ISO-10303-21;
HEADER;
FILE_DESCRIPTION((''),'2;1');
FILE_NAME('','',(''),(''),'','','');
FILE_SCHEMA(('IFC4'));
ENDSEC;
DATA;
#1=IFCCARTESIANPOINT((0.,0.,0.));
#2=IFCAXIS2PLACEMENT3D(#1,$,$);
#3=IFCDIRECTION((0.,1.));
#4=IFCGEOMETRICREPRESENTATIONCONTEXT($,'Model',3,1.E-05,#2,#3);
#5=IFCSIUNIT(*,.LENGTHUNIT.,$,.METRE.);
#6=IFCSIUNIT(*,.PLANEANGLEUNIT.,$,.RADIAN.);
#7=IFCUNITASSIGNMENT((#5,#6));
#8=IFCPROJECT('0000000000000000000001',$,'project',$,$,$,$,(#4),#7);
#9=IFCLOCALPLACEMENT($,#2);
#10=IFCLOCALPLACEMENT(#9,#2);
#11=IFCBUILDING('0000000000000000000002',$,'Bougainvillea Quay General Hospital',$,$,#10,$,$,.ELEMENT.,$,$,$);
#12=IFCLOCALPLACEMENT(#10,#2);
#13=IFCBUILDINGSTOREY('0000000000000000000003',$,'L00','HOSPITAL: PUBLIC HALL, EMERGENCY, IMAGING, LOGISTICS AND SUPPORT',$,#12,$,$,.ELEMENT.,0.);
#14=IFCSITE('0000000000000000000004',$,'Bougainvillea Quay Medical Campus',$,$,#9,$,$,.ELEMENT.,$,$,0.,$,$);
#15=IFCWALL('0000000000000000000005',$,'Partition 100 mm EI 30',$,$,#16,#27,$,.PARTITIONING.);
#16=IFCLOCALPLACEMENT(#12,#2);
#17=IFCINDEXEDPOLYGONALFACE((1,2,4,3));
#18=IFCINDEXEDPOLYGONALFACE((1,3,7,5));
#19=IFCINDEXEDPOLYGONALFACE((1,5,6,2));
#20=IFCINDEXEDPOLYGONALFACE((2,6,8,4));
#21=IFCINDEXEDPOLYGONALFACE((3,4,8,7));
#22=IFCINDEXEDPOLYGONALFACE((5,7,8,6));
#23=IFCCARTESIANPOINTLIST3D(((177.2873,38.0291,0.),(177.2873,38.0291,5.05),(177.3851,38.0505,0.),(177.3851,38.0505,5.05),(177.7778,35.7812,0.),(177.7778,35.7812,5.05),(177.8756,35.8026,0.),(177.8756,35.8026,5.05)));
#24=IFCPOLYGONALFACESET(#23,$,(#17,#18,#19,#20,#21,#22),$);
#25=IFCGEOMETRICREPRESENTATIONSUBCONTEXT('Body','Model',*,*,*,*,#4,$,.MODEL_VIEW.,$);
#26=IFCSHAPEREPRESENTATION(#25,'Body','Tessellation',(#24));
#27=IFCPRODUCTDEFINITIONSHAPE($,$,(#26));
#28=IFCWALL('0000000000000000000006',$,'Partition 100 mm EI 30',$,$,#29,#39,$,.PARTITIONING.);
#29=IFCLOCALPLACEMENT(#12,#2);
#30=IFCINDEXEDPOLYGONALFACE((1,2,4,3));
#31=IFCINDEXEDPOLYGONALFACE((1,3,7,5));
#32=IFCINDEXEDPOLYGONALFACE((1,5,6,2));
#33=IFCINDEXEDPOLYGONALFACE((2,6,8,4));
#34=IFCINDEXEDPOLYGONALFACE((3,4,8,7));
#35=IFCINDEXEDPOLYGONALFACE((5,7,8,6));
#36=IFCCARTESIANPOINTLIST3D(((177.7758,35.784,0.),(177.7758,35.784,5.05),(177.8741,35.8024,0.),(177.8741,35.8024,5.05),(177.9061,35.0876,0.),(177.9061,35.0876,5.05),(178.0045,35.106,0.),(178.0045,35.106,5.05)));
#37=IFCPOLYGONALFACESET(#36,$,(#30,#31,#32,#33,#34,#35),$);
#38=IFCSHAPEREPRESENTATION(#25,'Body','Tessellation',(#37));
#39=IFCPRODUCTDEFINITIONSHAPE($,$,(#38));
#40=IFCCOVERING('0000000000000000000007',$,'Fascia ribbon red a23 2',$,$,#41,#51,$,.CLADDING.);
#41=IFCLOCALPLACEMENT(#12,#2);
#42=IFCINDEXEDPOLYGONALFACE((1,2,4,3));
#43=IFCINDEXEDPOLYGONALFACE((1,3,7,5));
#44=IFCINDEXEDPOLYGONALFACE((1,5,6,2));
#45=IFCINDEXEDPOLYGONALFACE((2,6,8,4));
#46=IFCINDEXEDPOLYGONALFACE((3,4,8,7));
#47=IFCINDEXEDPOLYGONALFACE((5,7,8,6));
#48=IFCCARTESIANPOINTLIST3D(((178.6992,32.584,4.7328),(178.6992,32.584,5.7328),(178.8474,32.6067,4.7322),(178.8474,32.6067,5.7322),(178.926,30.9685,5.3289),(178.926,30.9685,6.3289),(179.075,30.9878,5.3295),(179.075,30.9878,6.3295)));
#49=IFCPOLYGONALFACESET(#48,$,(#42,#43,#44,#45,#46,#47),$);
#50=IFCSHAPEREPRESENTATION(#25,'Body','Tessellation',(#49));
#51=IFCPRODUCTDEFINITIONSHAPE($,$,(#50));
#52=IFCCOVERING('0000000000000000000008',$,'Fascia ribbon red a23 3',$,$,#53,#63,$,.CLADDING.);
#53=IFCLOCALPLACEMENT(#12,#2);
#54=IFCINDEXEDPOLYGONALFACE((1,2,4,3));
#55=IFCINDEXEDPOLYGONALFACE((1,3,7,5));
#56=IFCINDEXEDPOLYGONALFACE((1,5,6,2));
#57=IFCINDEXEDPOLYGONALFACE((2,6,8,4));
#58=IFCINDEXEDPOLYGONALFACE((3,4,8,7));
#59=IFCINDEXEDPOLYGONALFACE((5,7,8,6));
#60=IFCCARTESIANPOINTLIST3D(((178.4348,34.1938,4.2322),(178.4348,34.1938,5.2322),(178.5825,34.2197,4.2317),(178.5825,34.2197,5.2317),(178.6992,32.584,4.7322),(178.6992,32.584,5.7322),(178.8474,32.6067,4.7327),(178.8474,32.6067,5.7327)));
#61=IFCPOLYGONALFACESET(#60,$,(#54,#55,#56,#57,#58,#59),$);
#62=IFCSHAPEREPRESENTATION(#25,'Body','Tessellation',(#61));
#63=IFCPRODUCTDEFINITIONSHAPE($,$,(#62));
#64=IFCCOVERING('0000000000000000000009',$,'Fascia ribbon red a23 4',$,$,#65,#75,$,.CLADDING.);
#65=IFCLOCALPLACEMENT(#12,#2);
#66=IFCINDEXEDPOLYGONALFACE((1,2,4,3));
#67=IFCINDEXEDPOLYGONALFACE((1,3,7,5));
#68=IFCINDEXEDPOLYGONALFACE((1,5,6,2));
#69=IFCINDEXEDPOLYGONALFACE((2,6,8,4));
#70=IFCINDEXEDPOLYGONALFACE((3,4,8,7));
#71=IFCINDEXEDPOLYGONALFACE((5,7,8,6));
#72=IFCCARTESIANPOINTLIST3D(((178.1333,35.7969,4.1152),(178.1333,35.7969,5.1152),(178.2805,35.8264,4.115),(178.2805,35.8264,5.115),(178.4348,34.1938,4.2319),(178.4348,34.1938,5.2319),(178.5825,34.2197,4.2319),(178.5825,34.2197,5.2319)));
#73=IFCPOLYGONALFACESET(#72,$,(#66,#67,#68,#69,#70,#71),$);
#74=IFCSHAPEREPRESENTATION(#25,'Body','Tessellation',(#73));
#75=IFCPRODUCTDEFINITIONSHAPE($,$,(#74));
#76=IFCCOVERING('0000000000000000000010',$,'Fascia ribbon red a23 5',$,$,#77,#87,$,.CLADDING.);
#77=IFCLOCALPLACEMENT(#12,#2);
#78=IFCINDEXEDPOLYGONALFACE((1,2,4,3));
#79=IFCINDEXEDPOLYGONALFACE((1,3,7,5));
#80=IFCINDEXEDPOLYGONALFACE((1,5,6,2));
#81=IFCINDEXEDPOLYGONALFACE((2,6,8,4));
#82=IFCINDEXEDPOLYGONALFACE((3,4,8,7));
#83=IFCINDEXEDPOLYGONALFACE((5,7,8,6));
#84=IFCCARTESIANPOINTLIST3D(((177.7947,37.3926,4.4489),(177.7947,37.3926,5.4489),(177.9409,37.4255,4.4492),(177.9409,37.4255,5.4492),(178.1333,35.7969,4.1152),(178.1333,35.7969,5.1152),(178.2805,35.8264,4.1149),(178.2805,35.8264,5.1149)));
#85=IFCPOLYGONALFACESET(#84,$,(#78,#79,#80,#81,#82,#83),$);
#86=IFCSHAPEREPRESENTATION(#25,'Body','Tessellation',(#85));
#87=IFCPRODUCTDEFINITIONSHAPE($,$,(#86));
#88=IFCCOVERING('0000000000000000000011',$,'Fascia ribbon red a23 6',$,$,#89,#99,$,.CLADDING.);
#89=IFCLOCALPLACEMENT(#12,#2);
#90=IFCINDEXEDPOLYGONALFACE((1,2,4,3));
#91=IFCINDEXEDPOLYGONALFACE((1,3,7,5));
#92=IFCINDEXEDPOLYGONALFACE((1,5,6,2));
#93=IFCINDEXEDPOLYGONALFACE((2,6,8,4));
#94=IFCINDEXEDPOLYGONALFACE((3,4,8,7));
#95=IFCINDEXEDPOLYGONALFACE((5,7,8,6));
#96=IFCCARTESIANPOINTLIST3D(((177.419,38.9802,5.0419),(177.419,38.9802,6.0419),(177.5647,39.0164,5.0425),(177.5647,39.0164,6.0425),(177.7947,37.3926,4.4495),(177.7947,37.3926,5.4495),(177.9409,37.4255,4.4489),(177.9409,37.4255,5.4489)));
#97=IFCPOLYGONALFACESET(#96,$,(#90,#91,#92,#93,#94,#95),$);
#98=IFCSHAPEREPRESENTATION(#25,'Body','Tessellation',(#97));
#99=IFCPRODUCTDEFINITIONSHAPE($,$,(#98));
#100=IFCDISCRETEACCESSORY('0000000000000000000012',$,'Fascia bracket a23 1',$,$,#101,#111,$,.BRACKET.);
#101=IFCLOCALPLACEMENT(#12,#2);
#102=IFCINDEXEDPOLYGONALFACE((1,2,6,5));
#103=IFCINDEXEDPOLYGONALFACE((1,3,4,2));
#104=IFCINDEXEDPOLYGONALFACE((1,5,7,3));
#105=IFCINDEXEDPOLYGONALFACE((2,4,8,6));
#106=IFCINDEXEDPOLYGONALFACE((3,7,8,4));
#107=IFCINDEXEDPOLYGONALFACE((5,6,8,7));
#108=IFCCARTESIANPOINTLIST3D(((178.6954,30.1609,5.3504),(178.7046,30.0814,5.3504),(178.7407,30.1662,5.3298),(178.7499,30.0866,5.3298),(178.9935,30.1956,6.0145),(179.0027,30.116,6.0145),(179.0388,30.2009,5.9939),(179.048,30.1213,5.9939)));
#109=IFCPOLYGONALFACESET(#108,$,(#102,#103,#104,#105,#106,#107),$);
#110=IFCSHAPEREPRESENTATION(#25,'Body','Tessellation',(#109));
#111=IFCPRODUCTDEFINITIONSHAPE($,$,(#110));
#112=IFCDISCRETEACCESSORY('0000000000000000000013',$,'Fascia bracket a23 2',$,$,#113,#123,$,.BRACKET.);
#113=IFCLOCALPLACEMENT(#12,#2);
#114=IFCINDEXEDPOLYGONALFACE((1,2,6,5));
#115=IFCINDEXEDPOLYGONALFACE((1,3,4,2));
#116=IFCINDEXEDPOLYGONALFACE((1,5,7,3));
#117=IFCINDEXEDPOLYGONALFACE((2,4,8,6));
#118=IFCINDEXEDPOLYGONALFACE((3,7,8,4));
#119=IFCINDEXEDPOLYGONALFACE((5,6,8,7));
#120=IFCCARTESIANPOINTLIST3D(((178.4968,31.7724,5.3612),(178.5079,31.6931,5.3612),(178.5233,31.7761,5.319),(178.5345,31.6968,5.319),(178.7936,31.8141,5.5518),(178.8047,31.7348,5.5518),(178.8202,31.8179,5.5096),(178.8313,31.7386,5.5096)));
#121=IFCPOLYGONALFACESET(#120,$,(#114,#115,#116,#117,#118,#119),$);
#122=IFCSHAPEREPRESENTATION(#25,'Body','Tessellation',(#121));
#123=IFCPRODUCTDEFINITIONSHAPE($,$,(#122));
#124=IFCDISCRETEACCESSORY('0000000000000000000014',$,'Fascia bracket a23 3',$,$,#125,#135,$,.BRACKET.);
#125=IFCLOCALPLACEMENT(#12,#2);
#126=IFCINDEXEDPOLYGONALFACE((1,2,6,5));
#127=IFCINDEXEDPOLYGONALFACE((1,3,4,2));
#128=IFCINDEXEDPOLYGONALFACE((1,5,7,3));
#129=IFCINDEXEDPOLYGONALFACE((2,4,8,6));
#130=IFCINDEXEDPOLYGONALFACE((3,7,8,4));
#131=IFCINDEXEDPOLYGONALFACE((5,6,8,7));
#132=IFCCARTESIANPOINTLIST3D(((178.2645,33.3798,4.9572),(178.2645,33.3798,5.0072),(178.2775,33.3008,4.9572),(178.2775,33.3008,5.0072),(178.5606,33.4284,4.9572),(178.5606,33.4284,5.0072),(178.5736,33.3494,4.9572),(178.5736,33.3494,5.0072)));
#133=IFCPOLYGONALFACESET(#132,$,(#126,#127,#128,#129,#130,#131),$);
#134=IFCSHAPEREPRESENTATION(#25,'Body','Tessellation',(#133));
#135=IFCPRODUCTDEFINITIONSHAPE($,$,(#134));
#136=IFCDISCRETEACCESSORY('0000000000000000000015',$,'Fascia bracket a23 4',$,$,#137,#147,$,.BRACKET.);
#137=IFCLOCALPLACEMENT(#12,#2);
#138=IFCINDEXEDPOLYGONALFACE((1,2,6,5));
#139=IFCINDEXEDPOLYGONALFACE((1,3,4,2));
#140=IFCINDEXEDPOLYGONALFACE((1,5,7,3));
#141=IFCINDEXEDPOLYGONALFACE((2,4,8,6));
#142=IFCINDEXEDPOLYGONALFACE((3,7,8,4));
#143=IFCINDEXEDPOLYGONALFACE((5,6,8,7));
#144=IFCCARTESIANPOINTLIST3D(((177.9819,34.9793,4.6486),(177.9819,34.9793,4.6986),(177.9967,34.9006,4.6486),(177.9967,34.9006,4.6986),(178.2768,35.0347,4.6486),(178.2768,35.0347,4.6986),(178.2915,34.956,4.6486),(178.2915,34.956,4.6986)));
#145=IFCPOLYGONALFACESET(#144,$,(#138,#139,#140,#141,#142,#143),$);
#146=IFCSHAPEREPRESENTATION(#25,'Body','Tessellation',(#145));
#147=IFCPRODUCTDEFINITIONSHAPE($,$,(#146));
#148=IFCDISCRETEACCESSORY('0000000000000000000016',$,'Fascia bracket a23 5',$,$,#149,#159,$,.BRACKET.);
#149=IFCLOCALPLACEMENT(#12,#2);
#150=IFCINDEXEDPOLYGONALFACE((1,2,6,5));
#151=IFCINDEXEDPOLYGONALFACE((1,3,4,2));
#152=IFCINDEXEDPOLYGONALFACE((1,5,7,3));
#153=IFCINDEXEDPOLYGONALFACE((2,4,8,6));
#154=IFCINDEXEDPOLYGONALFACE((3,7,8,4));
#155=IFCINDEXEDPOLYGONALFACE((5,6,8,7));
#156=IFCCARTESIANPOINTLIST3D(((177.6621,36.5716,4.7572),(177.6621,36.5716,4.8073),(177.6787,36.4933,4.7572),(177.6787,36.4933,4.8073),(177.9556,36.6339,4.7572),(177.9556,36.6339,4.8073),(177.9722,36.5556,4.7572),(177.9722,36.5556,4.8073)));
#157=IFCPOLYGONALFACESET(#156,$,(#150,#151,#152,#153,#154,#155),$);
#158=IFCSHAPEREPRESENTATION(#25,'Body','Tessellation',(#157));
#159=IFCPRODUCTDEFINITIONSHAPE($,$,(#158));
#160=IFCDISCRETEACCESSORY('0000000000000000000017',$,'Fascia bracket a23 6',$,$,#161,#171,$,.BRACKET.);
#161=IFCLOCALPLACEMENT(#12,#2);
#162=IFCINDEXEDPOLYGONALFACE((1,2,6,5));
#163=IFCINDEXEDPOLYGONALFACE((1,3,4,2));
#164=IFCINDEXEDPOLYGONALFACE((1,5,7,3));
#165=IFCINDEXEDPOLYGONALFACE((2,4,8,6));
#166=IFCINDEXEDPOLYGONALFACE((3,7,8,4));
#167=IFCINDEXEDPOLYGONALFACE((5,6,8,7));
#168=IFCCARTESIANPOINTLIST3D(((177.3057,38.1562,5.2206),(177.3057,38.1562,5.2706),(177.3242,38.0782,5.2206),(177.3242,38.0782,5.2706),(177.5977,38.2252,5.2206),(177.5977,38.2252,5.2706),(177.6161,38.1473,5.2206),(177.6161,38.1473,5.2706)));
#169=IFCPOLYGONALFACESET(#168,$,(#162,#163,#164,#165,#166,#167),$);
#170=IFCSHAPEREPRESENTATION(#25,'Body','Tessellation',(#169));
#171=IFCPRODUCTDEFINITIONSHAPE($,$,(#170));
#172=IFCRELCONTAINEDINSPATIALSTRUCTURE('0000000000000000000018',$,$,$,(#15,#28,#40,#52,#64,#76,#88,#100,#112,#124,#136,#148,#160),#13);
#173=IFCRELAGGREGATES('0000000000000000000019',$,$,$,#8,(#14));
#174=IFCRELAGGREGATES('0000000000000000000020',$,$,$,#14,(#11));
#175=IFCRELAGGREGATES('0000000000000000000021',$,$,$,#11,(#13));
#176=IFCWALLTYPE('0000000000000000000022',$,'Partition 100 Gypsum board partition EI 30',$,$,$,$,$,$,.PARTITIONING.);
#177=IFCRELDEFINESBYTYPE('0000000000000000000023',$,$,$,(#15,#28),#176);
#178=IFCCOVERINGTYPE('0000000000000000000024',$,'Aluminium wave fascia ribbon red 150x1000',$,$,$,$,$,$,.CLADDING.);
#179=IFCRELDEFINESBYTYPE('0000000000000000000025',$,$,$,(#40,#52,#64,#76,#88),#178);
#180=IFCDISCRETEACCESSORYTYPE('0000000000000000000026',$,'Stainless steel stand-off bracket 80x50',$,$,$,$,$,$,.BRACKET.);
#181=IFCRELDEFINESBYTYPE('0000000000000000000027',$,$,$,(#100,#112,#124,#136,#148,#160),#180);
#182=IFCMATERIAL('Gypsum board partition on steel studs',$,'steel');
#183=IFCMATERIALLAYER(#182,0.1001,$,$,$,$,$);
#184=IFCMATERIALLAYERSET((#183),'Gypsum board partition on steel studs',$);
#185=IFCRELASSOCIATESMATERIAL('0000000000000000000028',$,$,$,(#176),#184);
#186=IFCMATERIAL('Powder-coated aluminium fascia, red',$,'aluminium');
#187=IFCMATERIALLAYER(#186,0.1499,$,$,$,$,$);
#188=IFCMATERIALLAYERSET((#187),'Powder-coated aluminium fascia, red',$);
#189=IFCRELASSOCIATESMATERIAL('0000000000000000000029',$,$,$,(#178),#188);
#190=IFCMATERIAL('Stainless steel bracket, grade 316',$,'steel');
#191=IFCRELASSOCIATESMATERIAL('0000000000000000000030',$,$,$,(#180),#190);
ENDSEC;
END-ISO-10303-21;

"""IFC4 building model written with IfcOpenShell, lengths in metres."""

from ifc_helpers import new_model, si_unit, direction, frame, frame_2d, origin, origin_2d, place, context, subcontext, project, spatial, polyline, rectangle, outline, extrude, material, layer, layer_set, material_profile, profile_set, type_object, element, save


model = new_model("IFC4")

# Units and contexts
model_context = context("Model", 3, precision=1e-05, world=origin(), true_north=direction((0.0, 1.0)))
body_context = subcontext(model_context, "Body", "Model", "MODEL_VIEW")
ifc_project = project(units=[si_unit("LENGTHUNIT", "METRE"), si_unit("PLANEANGLEUNIT", "RADIAN")], contexts=[model_context])

# Site, building, storey
site_placement = place(None, origin())
site = spatial("IfcSite", under=ifc_project, at=site_placement, Name="Bougainvillea Quay Medical Campus", CompositionType="ELEMENT", RefElevation=0.0)
building_placement = place(site_placement, origin())
building = spatial("IfcBuilding", under=site, at=building_placement, Name="Bougainvillea Quay General Hospital", CompositionType="ELEMENT")
storey_placement = place(building_placement, origin())
storey = spatial("IfcBuildingStorey", under=building, at=storey_placement, Name="L00", Description="HOSPITAL: PUBLIC HALL, EMERGENCY, IMAGING, LOGISTICS AND SUPPORT", CompositionType="ELEMENT", Elevation=0.0)

# Walls
ifc_material_1 = material(Name="Gypsum board partition on steel studs", Category="steel")
ifc_layer_1 = layer(ifc_material_1, 0.1001)
ifc_layer_set_1 = layer_set([ifc_layer_1], Name="Gypsum board partition on steel studs")
wall_type_1 = type_object("IfcWallType", Name="Partition 100 Gypsum board partition EI 30", PredefinedType="PARTITIONING", material=ifc_layer_set_1)
wall_1_placement = place(storey_placement, frame((177.3362, 38.0398, 0.0), z_axis=(0.0, 0.0, 1.0), x_axis=(0.213187, -0.977011, 0.0)))
element("IfcWall", 1, at=wall_1_placement, inside=storey, type_object=wall_type_1, Name="Partition 100 mm EI 30", PredefinedType="PARTITIONING", context=body_context, shape_type="SweptSolid", body=[
    extrude(rectangle(XDim=2.3008, YDim=0.1001, at=frame_2d((1.1504, 0.0))), origin(), (0.0, 0.0, 1.0), 5.05),
])
wall_2_placement = place(storey_placement, frame((177.825, 35.7932, 0.0), z_axis=(0.0, 0.0, 1.0), x_axis=(0.184039, -0.982919, 0.0)))
element("IfcWall", 2, at=wall_2_placement, inside=storey, type_object=wall_type_1, Name="Partition 100 mm EI 30", PredefinedType="PARTITIONING", context=body_context, shape_type="SweptSolid", body=[
    extrude(rectangle(XDim=0.7085, YDim=0.1001, at=frame_2d((0.3542, 0.0))), origin(), (0.0, 0.0, 1.0), 5.05),
])

# Coverings
ifc_material_2 = material(Name="Powder-coated aluminium fascia, red", Category="aluminium")
ifc_layer_2 = layer(ifc_material_2, 0.1499)
ifc_layer_set_2 = layer_set([ifc_layer_2], Name="Powder-coated aluminium fascia, red")
covering_type = type_object("IfcCoveringType", Name="Aluminium wave fascia ribbon red 150x1000", PredefinedType="CLADDING", material=ifc_layer_set_2)
covering_1_placement = place(storey_placement, frame((178.926, 30.9685, 5.3289), z_axis=(-0.048025, 0.339807, 0.939268), x_axis=(-0.130589, 0.930146, -0.343184)))
element("IfcCovering", 3, at=covering_1_placement, inside=storey, type_object=covering_type, Name="Fascia ribbon red a23 2", PredefinedType="CLADDING", context=body_context, shape_type="SweptSolid", body=[
    extrude(outline(polyline([(0.0, 0.0), (1.7368, 0.0), (1.7388, -0.1499), (-0.0018, -0.1502), (0.0, 0.0)])), origin(), (-0.343184, -0.000296, 0.939268), 1.0),
])
covering_2_placement = place(storey_placement, frame((178.6992, 32.584, 4.7322), z_axis=(-0.047476, 0.289152, 0.956105), x_axis=(-0.154955, 0.943465, -0.293024)))
element("IfcCovering", 4, at=covering_2_placement, inside=storey, type_object=covering_type, Name="Fascia ribbon red a23 3", PredefinedType="CLADDING", context=body_context, shape_type="SweptSolid", body=[
    extrude(outline(polyline([(0.0, 0.0), (1.7063, 0.0), (1.708, -0.1499), (-0.0017, -0.1499), (0.0, 0.0)])), origin(), (-0.293024, 0.000013, 0.956105), 1.0),
])
covering_3_placement = place(storey_placement, frame((178.4348, 34.1938, 4.2319), z_axis=(-0.012381, 0.070279, 0.997451), x_axis=(-0.184378, 0.980262, -0.071356)))
element("IfcCovering", 5, at=covering_3_placement, inside=storey, type_object=covering_type, Name="Fascia ribbon red a23 4", PredefinedType="CLADDING", context=body_context, shape_type="SweptSolid", body=[
    extrude(outline(polyline([(0.0, 0.0), (1.6353, 0.0), (1.6371, -0.1501), (-0.0019, -0.1499), (0.0, 0.0)])), origin(), (-0.071356, 0.000822, 0.997451), 1.0),
])
covering_4_placement = place(storey_placement, frame((178.1333, 35.7969, 4.1152), z_axis=(0.041739, -0.195978, 0.97972), x_axis=(-0.203377, 0.958378, 0.200373)))
element("IfcCovering", 6, at=covering_4_placement, inside=storey, type_object=covering_type, Name="Fascia ribbon red a23 5", PredefinedType="CLADDING", context=body_context, shape_type="SweptSolid", body=[
    extrude(outline(polyline([(0.0, 0.0), (1.665, 0.0), (1.6669, -0.1499), (-0.0017, -0.1501), (0.0, 0.0)])), origin(), (0.200373, 0.000144, 0.97972), 1.0),
])
covering_5_placement = place(storey_placement, frame((177.7947, 37.3926, 4.4495), z_axis=(0.078593, -0.332145, 0.939948), x_axis=(-0.216469, 0.914682, 0.341317)))
element("IfcCovering", 7, at=covering_5_placement, inside=storey, type_object=covering_type, Name="Fascia ribbon red a23 6", PredefinedType="CLADDING", context=body_context, shape_type="SweptSolid", body=[
    extrude(outline(polyline([(0.0, 0.0), (1.7357, 0.0), (1.7374, -0.1502), (-0.0018, -0.1499), (0.0, 0.0)])), origin(), (0.341317, -0.000012, 0.939948), 1.0),
])

# Discrete accessories
ifc_material_3 = material(Name="Stainless steel bracket, grade 316", Category="steel")
ifc_material_profile_1 = material_profile(ifc_material_3, rectangle(XDim=0.0801, YDim=0.05, at=origin_2d()))
ifc_profile_set_1 = profile_set([ifc_material_profile_1], Name="Stainless steel bracket, grade 316")
discrete_accessory_type = type_object("IfcDiscreteAccessoryType", Name="Stainless steel stand-off bracket 80x50", PredefinedType="BRACKET", material=ifc_profile_set_1)
discrete_accessory_1_placement = place(storey_placement, frame((178.7227, 30.1238, 5.3401), z_axis=(0.409064, 0.047573, 0.911265), x_axis=(-0.11552, 0.993305, 0.0)))
element("IfcDiscreteAccessory", 8, at=discrete_accessory_1_placement, inside=storey, type_object=discrete_accessory_type, Name="Fascia bracket a23 1", PredefinedType="BRACKET", context=body_context, shape_type="SweptSolid", body=[
    extrude(rectangle(XDim=0.0801, YDim=0.05, at=origin_2d()), origin(), (0.0, 0.0, 1.0), 0.7288),
])
discrete_accessory_2_placement = place(storey_placement, frame((178.5156, 31.7346, 5.3401), z_axis=(0.835574, 0.117503, 0.536664), x_axis=(-0.139255, 0.990257, 0.0)))
element("IfcDiscreteAccessory", 9, at=discrete_accessory_2_placement, inside=storey, type_object=discrete_accessory_type, Name="Fascia bracket a23 2", PredefinedType="BRACKET", context=body_context, shape_type="SweptSolid", body=[
    extrude(rectangle(XDim=0.0801, YDim=0.05, at=origin_2d()), origin(), (0.0, 0.0, 1.0), 0.3552),
])
for number, where, z_axis, x_axis, name in (
    (10, (178.271, 33.3403, 4.9822), (0.986808, 0.161892, 0.0), (-0.161892, 0.986808, 0.0), "Fascia bracket a23 3"),
    (11, (177.9893, 34.9399, 4.6736), (0.982798, 0.184681, 0.0), (-0.184681, 0.982798, 0.0), "Fascia bracket a23 4"),
    (12, (177.6704, 36.5325, 4.7822), (0.978229, 0.207528, 0.0), (-0.207528, 0.978229, 0.0), "Fascia bracket a23 5"),
    (13, (177.3149, 38.1172, 5.2456), (0.973128, 0.230264, 0.0), (-0.230264, 0.973128, 0.0), "Fascia bracket a23 6"),
):
    element("IfcDiscreteAccessory", number, at=place(storey_placement, frame(where, z_axis=z_axis, x_axis=x_axis)), inside=storey, type_object=discrete_accessory_type, Name=name, PredefinedType="BRACKET", context=body_context, shape_type="SweptSolid", body=[
        extrude(rectangle(XDim=0.0801, YDim=0.05, at=origin_2d()), origin(), (0.0, 0.0, 1.0), 0.3),
    ])

save(model, "model.ifc")
